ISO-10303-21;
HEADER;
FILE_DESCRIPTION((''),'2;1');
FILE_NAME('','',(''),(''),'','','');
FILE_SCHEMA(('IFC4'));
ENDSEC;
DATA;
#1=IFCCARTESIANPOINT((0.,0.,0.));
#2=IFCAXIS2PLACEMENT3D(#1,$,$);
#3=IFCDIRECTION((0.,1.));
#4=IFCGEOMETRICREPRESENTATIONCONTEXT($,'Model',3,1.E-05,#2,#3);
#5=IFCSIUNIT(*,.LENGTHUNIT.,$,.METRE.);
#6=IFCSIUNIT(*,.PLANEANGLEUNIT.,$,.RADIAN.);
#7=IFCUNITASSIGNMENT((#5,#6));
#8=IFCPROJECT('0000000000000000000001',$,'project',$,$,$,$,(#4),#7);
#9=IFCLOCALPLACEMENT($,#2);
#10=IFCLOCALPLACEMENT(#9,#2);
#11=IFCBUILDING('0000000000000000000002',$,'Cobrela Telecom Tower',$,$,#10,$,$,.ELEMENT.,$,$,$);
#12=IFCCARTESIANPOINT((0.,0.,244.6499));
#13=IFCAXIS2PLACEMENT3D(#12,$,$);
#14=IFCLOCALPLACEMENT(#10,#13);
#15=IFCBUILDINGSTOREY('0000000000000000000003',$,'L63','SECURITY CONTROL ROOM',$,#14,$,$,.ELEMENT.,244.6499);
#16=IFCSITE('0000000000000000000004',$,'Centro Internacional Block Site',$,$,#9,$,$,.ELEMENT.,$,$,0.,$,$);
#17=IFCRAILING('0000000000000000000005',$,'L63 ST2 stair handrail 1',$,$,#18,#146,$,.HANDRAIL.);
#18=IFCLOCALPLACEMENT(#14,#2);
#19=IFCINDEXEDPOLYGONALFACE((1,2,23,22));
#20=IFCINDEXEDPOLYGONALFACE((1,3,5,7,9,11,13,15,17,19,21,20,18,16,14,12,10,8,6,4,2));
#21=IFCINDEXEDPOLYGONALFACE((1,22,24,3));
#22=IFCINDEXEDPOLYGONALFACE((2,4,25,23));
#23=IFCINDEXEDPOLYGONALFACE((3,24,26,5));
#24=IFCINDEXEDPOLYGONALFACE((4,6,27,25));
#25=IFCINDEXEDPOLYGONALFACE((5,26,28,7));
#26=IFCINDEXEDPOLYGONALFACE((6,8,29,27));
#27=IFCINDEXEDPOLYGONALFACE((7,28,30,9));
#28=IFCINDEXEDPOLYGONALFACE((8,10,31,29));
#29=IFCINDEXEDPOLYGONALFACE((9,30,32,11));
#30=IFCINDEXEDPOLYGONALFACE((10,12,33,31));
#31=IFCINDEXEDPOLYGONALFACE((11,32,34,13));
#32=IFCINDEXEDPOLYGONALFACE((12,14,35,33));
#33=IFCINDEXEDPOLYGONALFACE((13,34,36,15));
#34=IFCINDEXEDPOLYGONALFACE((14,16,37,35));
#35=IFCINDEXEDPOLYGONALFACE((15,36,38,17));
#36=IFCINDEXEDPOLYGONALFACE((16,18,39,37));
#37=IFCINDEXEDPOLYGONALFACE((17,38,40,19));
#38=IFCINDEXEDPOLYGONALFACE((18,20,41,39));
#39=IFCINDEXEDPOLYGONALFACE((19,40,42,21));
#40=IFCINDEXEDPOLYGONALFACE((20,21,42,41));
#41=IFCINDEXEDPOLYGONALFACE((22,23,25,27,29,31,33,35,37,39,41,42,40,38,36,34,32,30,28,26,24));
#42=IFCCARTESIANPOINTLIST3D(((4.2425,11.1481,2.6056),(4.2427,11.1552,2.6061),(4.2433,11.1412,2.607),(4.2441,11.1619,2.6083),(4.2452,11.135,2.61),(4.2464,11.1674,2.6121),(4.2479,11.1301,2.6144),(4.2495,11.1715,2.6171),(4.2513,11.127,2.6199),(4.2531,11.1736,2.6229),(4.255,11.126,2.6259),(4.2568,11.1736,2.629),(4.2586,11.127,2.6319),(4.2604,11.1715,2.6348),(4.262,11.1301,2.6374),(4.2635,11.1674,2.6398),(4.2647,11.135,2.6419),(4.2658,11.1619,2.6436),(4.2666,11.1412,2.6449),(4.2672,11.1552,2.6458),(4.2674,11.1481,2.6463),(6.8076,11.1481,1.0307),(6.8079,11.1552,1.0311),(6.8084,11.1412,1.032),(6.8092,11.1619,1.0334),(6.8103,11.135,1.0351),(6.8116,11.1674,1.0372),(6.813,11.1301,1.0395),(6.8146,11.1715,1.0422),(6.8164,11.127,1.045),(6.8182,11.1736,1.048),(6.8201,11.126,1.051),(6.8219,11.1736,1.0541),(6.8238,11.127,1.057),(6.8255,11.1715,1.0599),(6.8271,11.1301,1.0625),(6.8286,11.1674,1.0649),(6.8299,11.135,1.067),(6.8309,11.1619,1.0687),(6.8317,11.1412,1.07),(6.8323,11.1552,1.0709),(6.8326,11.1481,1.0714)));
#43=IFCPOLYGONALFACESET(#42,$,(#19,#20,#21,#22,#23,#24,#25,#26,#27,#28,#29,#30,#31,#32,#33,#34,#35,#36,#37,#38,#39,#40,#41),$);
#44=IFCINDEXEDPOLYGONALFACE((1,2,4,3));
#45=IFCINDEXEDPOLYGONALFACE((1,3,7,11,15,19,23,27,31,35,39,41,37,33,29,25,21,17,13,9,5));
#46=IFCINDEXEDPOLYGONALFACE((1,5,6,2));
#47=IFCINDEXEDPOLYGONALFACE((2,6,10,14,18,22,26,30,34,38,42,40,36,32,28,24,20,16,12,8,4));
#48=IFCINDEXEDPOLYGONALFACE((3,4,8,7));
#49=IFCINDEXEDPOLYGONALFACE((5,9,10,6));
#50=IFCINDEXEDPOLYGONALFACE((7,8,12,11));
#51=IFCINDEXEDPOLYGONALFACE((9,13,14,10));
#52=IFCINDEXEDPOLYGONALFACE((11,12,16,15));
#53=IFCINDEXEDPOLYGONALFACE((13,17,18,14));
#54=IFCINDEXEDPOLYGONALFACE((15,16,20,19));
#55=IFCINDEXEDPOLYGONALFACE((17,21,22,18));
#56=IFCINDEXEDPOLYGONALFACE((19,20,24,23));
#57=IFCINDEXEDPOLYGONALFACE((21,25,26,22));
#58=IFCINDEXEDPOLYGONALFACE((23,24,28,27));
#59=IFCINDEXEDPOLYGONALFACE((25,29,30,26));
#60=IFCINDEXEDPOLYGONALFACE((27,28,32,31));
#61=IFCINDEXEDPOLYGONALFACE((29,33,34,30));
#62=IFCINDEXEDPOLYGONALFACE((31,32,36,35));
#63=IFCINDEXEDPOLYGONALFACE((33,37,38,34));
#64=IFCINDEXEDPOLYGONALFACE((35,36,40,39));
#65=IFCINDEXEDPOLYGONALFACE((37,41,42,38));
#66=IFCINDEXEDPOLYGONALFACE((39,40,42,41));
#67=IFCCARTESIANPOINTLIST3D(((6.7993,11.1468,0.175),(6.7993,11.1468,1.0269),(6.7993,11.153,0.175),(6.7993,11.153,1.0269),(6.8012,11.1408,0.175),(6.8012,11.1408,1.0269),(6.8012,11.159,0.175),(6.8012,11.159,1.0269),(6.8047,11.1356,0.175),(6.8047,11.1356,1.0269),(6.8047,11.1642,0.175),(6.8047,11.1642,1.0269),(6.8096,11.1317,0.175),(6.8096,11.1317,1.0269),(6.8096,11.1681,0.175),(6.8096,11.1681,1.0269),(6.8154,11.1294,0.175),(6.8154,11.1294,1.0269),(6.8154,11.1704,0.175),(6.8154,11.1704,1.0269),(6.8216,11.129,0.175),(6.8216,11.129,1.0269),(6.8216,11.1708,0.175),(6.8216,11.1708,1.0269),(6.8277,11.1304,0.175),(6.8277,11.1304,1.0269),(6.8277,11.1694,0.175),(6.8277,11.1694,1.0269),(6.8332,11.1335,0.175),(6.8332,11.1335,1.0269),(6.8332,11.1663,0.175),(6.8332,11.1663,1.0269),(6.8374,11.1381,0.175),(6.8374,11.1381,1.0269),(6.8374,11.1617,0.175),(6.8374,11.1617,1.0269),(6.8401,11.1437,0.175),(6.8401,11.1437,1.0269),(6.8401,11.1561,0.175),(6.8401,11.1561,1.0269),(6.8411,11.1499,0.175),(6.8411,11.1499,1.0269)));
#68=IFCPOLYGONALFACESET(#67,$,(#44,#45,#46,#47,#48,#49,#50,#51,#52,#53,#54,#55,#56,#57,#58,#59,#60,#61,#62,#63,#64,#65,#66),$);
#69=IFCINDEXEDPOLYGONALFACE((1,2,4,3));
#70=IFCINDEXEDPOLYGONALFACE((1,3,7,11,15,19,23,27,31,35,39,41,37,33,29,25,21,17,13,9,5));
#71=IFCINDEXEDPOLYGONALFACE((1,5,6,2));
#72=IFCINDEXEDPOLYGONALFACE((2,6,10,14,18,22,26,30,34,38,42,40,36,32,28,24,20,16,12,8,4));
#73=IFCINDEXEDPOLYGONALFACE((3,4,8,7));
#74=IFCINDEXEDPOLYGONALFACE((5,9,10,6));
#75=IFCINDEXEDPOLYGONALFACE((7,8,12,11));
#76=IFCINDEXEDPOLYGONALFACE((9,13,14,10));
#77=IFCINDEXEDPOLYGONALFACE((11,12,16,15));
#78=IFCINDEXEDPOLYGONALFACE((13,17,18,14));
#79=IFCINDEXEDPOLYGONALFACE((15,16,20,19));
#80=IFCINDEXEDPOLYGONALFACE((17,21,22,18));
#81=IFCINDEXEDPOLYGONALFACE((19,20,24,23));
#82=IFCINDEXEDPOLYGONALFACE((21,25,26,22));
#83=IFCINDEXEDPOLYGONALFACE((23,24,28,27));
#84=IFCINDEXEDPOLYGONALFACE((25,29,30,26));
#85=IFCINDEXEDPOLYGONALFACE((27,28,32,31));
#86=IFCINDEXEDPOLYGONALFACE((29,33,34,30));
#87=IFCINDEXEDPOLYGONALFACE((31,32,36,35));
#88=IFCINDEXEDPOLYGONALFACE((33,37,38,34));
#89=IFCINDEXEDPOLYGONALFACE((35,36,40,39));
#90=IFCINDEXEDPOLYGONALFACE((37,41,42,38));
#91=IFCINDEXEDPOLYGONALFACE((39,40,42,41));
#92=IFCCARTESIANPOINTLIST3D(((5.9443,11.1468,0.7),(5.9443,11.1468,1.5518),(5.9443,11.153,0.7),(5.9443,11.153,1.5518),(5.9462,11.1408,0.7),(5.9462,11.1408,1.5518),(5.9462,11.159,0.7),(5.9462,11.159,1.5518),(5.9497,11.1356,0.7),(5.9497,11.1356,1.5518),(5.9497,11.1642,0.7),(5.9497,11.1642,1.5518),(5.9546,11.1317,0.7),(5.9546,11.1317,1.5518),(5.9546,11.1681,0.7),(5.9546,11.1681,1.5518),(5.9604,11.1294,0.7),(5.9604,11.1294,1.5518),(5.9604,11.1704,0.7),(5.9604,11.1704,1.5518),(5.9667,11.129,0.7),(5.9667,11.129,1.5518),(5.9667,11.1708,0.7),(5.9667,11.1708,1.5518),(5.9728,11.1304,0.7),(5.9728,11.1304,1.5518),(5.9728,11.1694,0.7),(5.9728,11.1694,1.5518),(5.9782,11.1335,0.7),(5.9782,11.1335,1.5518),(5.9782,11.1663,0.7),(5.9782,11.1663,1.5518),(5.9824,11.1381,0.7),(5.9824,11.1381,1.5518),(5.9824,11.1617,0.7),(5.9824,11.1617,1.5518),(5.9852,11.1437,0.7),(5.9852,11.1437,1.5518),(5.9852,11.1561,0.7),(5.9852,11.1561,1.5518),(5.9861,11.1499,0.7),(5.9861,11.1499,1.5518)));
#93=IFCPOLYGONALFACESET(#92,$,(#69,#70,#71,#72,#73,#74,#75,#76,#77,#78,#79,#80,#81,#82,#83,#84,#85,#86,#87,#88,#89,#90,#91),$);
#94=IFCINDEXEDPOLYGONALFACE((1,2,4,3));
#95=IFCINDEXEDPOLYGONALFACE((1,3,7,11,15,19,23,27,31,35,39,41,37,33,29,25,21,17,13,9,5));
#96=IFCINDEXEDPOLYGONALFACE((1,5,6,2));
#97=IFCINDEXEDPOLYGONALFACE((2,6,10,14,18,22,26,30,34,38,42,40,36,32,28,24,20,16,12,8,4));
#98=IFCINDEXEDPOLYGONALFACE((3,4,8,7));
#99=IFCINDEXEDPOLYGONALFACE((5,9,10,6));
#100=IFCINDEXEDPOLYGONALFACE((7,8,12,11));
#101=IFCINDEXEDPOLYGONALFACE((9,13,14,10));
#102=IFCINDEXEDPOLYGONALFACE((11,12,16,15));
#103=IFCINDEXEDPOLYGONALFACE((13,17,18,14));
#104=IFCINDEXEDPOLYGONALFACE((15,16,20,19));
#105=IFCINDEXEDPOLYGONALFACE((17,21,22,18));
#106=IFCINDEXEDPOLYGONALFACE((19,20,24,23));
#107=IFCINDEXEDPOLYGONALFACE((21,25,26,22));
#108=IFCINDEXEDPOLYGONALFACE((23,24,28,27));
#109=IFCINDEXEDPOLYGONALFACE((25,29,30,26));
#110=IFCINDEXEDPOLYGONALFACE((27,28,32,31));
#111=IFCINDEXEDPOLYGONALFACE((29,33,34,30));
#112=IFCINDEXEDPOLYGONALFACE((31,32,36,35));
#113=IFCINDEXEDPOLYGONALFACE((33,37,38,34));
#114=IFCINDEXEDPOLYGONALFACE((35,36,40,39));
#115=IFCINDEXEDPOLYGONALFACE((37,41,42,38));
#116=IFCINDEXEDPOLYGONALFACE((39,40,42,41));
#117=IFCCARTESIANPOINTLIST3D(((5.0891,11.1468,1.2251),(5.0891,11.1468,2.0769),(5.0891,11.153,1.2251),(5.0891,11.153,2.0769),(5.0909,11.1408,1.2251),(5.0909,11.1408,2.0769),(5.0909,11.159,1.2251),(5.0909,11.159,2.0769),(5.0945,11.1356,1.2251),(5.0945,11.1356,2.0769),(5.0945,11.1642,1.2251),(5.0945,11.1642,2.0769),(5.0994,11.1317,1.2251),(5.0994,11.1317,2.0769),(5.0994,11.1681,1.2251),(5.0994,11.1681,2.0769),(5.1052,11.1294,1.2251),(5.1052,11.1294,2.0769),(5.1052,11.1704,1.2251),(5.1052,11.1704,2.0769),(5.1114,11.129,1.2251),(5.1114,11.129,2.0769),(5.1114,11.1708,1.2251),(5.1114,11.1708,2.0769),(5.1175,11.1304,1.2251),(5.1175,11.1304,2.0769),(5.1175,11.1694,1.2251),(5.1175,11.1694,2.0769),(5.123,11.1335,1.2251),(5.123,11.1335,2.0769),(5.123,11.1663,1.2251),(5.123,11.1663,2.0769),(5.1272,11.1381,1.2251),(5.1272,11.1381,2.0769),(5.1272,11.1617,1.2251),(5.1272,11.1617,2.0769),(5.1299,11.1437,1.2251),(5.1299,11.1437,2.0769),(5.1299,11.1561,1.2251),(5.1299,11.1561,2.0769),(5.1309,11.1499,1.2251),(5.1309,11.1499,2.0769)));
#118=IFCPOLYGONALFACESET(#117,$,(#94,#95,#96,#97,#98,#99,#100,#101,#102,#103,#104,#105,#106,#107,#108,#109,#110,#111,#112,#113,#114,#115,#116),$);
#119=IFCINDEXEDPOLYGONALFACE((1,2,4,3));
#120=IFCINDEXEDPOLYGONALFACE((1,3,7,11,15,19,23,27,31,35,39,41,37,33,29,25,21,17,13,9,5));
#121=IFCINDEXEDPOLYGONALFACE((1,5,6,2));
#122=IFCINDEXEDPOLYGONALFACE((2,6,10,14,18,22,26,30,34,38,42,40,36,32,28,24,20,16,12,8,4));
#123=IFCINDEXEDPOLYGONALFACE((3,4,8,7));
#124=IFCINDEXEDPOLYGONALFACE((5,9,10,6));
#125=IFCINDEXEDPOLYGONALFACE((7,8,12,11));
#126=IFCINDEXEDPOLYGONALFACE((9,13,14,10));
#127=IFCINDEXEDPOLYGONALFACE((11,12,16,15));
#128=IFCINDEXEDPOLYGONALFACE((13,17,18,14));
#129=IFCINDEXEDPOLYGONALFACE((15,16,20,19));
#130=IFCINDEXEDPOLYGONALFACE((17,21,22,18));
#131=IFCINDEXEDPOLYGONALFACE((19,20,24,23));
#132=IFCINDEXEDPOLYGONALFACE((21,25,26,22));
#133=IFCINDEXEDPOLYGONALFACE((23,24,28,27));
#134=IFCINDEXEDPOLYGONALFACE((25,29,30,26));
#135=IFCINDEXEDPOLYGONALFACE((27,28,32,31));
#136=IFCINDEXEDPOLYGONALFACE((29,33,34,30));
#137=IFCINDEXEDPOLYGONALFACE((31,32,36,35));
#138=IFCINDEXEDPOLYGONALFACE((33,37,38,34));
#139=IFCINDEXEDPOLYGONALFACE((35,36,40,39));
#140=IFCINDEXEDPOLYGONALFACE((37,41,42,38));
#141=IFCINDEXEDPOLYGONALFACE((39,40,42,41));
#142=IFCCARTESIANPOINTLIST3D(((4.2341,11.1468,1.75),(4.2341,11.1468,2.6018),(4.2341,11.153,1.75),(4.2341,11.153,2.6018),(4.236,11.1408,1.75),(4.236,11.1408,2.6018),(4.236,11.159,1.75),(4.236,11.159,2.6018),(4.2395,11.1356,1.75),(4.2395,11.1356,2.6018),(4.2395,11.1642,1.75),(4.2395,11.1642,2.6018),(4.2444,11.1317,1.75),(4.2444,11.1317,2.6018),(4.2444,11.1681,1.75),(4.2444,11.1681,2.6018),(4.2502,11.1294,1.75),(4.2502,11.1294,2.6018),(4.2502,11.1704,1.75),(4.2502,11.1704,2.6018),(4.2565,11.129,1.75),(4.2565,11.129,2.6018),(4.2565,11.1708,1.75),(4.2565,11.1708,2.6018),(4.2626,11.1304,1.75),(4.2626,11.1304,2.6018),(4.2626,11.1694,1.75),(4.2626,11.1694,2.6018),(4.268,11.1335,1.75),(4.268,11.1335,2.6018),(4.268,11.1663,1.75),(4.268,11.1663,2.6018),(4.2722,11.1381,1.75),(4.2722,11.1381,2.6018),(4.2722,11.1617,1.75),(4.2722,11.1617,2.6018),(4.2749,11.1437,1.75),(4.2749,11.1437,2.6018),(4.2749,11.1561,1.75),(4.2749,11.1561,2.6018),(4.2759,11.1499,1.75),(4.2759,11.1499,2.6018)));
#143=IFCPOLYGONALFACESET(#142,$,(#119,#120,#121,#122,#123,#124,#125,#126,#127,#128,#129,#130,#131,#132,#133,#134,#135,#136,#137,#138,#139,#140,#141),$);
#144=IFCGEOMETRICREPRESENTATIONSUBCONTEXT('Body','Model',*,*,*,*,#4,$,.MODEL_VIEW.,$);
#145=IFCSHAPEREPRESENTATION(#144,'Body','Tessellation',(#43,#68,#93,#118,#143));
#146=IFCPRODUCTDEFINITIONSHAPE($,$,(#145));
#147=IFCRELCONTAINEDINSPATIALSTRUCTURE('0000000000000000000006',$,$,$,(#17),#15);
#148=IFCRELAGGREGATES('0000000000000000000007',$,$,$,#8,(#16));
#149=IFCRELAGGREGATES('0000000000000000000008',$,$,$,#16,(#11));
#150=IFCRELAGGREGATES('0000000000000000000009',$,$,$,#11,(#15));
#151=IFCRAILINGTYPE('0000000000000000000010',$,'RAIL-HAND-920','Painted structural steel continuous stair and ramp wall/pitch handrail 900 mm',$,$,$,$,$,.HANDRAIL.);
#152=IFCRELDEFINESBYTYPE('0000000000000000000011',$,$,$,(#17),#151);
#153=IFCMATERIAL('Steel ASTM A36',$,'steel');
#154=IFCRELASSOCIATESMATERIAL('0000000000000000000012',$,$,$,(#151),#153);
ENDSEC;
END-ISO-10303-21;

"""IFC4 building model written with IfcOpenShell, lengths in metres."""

from ifc_helpers import new_model, si_unit, direction, frame, origin, origin_2d, place, context, subcontext, project, spatial, circle, extrude, material, type_object, element, save


model = new_model("IFC4")

# Units and contexts
model_context = context("Model", 3, precision=1e-05, world=origin(), true_north=direction((0.0, 1.0)))
body_context = subcontext(model_context, "Body", "Model", "MODEL_VIEW")
ifc_project = project(units=[si_unit("LENGTHUNIT", "METRE"), si_unit("PLANEANGLEUNIT", "RADIAN")], contexts=[model_context])

# Site, building, storey
site_placement = place(None, origin())
site = spatial("IfcSite", under=ifc_project, at=site_placement, Name="Centro Internacional Block Site", CompositionType="ELEMENT", RefElevation=0.0)
building_placement = place(site_placement, origin())
building = spatial("IfcBuilding", under=site, at=building_placement, Name="Cobrela Telecom Tower", CompositionType="ELEMENT")
storey_placement = place(building_placement, frame((0.0, 0.0, 244.6499)))
storey = spatial("IfcBuildingStorey", under=building, at=storey_placement, Name="L63", Description="SECURITY CONTROL ROOM", CompositionType="ELEMENT", Elevation=244.6499)

# Railing
ifc_material_1 = material(Name="Steel ASTM A36", Category="steel")
railing_type = type_object("IfcRailingType", Name="RAIL-HAND-920", Description="Painted structural steel continuous stair and ramp wall/pitch handrail 900 mm", PredefinedType="HANDRAIL", material=ifc_material_1)
railing_placement = place(storey_placement, frame((6.8201, 11.1499, 0.175)))
element("IfcRailing", 1, at=railing_placement, inside=storey, type_object=railing_type, Name="L63 ST2 stair handrail 1", PredefinedType="HANDRAIL", context=body_context, shape_type="SweptSolid", body=[
    extrude(circle(Radius=0.0239, at=origin_2d()), frame((0.0, 0.0, 0.876), z_axis=(-0.852195, 0.0, 0.523224), x_axis=(0.0, -1.0, 0.0)), (0.0, 0.0, 1.0), 3.01),
    extrude(circle(Radius=0.021, at=origin_2d()), origin(), (0.0, 0.0, 1.0), 0.8518),
    extrude(circle(Radius=0.021, at=origin_2d()), frame((-0.855, 0.0, 0.5249)), (0.0, 0.0, 1.0), 0.8518),
    extrude(circle(Radius=0.021, at=origin_2d()), frame((-1.7102, 0.0, 1.05)), (0.0, 0.0, 1.0), 0.8518),
    extrude(circle(Radius=0.021, at=origin_2d()), frame((-2.5652, 0.0, 1.575)), (0.0, 0.0, 1.0), 0.8518),
])

save(model, "model.ifc")
